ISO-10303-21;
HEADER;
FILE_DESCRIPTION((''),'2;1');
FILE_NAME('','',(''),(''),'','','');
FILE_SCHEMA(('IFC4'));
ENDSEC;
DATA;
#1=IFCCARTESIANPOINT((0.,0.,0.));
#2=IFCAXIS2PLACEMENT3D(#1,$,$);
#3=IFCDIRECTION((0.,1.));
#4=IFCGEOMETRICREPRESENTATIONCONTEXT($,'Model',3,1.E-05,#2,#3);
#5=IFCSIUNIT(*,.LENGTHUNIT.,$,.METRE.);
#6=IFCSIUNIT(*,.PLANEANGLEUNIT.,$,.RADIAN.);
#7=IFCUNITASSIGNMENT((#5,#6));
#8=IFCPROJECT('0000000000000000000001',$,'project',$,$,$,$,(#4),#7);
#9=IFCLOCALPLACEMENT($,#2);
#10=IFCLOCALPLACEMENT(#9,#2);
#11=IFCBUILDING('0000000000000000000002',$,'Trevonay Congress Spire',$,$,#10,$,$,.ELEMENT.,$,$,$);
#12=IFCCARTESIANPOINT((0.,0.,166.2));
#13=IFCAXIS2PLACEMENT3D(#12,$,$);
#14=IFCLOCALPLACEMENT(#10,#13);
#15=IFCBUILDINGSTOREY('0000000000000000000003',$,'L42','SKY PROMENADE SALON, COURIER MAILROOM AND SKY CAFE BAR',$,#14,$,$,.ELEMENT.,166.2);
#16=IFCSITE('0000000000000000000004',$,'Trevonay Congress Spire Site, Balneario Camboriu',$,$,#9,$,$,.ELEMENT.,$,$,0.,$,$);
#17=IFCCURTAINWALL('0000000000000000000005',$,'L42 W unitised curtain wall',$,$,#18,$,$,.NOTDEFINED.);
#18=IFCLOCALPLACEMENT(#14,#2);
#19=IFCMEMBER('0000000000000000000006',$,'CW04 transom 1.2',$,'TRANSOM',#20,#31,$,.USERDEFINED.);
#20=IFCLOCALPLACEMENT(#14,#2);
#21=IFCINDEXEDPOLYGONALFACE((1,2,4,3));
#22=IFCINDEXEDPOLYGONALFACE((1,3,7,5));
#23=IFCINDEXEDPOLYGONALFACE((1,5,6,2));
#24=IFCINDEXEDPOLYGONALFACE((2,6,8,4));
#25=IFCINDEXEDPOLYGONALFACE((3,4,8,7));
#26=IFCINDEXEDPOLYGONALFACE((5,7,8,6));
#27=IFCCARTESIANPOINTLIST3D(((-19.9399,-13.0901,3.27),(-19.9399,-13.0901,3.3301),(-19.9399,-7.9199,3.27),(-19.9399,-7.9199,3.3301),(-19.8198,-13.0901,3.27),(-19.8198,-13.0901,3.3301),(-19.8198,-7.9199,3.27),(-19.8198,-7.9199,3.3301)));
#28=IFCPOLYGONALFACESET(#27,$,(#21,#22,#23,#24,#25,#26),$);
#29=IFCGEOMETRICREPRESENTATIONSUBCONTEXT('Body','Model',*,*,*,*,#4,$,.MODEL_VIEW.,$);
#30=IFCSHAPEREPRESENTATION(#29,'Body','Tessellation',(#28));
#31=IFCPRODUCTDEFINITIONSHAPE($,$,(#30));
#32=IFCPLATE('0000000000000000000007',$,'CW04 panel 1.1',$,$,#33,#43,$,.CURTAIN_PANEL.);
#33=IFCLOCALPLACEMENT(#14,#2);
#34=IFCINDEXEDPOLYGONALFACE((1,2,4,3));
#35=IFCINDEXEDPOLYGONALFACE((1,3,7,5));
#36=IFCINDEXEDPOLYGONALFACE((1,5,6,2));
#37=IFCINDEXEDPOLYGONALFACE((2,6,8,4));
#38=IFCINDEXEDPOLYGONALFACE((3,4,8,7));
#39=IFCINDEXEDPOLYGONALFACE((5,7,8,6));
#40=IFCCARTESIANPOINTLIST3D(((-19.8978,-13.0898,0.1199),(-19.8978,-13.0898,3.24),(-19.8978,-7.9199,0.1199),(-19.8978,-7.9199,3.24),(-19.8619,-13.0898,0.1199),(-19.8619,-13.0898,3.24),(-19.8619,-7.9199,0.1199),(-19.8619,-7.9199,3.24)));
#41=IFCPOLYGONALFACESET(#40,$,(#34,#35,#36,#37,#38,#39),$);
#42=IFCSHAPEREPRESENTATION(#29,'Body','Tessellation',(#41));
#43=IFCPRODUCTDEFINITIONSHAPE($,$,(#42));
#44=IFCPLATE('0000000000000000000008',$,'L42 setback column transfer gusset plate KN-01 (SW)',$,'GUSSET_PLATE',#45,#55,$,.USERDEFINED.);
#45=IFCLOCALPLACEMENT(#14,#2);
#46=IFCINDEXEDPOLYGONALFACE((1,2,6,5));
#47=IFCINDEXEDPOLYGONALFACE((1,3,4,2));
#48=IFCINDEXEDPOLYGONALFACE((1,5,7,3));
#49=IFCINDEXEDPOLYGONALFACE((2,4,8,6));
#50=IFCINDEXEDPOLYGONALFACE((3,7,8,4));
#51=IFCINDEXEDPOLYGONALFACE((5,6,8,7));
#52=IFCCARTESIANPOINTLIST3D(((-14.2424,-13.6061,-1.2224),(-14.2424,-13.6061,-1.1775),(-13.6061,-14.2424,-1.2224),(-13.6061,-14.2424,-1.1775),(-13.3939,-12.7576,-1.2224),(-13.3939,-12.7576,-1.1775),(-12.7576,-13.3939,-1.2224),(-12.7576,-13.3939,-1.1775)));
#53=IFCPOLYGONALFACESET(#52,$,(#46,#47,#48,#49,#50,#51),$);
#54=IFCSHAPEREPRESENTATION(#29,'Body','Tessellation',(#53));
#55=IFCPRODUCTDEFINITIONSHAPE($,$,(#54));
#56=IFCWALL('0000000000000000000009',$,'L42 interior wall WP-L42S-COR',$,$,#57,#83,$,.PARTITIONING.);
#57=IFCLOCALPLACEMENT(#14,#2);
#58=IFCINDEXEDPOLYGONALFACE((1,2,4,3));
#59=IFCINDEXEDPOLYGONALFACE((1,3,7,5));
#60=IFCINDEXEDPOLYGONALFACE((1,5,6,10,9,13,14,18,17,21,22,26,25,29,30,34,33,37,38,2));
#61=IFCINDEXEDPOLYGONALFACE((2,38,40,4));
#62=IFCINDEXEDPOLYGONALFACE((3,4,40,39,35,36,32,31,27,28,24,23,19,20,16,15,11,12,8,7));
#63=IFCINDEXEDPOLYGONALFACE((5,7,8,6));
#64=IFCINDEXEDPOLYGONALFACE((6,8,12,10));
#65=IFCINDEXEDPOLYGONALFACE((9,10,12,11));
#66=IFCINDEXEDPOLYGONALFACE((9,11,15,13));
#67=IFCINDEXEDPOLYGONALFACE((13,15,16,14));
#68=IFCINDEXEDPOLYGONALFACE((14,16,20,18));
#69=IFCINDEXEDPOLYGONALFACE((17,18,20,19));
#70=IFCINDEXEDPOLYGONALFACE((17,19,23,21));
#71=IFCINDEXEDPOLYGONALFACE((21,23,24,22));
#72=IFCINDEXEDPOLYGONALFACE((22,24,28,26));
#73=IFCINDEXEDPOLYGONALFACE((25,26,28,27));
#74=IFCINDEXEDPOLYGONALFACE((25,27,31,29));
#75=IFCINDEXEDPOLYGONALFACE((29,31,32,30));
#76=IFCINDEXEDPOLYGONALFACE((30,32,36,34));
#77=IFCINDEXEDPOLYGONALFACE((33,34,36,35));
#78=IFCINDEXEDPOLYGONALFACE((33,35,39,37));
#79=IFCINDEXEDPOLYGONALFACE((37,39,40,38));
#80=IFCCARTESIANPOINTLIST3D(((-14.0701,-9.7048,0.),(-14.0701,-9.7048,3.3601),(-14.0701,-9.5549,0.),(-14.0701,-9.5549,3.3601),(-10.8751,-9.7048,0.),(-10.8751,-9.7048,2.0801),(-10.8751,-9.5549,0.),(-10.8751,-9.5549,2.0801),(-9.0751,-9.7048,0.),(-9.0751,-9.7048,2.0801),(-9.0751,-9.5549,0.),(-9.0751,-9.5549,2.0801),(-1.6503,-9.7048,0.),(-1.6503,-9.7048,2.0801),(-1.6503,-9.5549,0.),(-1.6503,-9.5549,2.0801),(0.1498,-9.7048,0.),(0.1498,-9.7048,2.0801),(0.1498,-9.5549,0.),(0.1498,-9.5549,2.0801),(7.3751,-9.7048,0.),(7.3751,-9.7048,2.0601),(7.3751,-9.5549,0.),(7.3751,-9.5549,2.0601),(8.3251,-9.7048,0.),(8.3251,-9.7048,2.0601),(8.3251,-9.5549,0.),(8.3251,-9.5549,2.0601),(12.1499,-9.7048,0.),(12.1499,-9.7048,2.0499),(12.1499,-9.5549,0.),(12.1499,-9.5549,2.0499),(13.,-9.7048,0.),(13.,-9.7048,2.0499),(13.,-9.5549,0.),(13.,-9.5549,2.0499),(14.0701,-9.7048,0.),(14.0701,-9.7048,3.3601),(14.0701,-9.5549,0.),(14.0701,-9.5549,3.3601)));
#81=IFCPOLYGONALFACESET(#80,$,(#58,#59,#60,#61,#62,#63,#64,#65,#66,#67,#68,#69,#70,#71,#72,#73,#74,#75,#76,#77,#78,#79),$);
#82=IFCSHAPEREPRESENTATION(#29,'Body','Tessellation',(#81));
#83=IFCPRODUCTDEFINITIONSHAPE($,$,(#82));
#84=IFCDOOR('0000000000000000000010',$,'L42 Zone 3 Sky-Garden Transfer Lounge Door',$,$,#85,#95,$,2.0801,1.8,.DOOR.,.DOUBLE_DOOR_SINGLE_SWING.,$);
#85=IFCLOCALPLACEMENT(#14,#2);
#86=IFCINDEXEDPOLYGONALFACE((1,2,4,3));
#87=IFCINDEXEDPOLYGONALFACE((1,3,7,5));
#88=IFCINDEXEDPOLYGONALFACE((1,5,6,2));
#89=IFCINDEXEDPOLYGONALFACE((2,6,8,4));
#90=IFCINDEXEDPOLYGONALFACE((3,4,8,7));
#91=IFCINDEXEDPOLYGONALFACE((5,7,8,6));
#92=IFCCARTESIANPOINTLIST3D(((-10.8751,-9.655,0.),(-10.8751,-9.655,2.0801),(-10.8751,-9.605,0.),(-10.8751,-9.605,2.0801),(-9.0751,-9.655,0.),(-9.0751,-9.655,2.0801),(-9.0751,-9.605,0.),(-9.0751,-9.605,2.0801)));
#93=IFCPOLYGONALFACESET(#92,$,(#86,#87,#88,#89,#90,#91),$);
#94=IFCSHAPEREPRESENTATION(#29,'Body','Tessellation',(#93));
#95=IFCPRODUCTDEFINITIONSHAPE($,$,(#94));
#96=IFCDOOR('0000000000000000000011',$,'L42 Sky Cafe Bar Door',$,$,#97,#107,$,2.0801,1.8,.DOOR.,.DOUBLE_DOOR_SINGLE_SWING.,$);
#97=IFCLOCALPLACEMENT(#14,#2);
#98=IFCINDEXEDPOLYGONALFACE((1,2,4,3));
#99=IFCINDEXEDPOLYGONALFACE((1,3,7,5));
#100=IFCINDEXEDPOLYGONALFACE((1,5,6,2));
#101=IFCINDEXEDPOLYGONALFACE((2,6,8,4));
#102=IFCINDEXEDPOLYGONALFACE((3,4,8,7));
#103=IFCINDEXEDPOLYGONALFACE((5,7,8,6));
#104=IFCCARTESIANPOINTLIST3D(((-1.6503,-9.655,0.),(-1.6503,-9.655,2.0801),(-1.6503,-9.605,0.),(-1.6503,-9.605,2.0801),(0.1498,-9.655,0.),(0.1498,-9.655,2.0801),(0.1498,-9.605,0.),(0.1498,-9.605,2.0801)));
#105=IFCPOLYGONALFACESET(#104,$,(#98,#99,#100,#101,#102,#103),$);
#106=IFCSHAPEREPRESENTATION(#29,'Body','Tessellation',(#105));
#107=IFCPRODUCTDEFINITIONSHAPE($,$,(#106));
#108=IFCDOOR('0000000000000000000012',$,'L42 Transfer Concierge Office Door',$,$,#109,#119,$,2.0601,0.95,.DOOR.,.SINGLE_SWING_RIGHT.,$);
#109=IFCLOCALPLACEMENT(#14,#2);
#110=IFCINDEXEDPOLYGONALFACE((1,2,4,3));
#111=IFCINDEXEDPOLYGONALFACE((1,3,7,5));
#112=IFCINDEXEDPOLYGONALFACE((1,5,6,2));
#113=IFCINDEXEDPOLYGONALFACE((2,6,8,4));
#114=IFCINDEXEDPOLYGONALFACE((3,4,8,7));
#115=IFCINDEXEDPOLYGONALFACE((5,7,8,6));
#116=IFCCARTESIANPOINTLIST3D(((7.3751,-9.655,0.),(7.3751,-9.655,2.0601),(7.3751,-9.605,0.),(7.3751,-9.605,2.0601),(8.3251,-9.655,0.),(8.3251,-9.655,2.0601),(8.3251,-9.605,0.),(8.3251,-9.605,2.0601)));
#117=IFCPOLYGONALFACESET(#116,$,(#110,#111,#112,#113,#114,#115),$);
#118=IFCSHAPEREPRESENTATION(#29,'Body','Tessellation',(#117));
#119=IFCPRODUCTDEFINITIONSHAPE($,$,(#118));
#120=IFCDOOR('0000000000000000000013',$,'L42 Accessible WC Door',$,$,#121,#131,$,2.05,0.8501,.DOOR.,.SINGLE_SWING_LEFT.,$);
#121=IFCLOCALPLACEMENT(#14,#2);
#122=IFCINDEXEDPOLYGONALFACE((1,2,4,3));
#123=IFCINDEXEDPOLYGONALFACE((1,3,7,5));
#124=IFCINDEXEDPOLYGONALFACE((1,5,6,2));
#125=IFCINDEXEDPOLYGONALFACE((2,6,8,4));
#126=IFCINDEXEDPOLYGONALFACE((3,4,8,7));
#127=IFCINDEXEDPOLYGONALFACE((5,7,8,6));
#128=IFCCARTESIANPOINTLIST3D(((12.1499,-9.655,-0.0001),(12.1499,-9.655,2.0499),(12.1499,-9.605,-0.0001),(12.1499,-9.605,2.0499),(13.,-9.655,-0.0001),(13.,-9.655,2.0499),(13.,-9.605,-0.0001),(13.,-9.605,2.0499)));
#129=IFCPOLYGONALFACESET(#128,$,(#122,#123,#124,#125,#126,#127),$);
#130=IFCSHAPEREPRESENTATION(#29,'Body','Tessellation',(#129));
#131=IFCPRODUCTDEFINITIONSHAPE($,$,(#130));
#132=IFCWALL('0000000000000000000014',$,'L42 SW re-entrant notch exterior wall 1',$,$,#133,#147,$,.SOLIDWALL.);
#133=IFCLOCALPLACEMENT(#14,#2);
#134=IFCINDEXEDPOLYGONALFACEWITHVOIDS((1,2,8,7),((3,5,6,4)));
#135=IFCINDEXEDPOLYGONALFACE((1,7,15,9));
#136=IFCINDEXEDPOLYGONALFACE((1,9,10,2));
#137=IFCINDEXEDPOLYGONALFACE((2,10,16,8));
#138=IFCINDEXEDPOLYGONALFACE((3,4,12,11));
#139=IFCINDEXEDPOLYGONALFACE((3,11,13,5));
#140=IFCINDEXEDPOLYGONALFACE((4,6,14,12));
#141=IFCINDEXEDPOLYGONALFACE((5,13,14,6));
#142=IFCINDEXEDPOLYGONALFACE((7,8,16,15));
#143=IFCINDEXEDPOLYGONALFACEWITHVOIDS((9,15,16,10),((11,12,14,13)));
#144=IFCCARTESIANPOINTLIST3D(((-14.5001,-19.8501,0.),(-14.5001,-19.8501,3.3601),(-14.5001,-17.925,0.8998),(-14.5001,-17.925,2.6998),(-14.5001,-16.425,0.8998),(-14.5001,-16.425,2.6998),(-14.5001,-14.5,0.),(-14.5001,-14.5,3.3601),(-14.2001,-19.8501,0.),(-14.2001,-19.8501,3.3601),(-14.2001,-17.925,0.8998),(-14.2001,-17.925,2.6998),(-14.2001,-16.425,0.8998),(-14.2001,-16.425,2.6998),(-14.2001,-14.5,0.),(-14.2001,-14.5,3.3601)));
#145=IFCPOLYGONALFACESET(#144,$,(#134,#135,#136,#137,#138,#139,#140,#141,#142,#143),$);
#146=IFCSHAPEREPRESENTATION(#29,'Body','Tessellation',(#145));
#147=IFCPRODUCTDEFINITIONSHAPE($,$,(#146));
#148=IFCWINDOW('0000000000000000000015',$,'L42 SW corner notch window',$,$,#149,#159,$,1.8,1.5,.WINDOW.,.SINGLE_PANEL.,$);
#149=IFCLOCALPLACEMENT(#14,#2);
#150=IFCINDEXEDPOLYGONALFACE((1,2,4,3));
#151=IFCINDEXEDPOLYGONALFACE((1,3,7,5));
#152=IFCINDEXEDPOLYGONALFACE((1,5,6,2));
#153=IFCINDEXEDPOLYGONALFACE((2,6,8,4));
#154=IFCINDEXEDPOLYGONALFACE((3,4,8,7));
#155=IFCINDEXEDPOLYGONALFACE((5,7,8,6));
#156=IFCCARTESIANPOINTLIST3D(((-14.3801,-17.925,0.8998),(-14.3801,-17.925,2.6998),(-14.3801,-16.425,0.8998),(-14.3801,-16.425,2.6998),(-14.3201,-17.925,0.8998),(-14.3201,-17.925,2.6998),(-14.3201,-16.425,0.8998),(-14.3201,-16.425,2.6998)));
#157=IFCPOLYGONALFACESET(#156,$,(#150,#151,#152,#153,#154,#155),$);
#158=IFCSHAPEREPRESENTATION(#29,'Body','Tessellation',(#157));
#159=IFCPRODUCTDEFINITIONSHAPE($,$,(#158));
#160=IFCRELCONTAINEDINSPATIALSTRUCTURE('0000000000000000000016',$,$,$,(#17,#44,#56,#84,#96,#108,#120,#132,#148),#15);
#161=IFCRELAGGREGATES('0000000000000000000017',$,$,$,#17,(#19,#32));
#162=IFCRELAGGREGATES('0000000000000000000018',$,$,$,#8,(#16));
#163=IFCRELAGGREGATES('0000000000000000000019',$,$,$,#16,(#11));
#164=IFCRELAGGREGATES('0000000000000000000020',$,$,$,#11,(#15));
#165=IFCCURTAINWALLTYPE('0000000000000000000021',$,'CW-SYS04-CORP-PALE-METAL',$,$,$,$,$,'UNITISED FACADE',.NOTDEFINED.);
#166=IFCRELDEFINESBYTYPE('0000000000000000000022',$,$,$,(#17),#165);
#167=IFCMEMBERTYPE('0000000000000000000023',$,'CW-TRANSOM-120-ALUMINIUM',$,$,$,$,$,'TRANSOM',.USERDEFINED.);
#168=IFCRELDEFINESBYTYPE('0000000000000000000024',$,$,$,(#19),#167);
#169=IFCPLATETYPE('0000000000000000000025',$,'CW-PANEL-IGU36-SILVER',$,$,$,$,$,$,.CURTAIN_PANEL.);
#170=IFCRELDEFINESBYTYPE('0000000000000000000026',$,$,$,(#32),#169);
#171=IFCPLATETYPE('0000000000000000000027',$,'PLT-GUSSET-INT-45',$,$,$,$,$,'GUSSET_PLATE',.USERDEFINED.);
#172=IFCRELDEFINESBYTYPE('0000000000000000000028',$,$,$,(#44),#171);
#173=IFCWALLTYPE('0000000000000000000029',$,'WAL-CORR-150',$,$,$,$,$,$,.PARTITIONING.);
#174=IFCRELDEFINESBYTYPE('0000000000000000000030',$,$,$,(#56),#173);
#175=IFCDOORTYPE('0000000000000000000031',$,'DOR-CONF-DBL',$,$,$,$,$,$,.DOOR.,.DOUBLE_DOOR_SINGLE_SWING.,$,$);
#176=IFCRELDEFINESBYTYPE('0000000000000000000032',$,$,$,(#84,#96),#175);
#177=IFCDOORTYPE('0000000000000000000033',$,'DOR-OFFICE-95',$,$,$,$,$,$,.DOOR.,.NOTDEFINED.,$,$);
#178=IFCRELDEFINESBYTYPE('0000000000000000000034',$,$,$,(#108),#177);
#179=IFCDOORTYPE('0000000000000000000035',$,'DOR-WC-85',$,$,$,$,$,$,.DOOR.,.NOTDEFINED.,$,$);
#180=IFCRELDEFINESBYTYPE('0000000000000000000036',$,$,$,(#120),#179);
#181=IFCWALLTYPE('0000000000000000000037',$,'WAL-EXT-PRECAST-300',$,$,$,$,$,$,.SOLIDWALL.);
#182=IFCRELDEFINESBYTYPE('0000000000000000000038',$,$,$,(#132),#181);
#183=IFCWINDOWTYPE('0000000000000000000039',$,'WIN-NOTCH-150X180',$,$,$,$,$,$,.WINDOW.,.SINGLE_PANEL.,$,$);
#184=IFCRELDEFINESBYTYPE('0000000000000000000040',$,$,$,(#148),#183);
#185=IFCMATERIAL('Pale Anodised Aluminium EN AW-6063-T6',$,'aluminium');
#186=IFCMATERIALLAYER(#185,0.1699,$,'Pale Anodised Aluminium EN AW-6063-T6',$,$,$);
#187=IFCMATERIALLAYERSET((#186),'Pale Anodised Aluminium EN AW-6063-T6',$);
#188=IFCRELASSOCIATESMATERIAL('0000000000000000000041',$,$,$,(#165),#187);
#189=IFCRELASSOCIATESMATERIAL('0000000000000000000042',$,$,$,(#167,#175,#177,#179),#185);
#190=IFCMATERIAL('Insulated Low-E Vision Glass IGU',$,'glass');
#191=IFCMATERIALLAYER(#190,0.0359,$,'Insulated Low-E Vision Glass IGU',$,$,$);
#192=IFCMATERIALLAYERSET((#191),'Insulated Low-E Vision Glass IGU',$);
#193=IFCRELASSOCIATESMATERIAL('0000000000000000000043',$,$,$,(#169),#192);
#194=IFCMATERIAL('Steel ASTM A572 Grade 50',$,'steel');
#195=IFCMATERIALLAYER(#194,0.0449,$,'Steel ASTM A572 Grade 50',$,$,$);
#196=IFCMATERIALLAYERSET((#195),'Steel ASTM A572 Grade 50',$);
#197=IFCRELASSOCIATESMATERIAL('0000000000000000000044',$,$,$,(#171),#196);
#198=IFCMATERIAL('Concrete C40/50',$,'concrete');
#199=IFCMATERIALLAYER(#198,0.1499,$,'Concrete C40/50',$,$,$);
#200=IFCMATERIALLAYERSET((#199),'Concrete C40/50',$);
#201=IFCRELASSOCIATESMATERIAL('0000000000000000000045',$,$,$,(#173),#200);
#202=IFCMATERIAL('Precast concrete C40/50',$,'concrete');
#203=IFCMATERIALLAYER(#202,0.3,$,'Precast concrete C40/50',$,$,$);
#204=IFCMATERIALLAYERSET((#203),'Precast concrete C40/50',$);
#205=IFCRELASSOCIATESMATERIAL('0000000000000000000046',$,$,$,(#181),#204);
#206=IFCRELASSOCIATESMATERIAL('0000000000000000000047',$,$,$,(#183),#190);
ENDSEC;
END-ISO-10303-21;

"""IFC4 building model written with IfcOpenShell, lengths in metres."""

from ifc_helpers import new_model, si_unit, direction, frame, frame_2d, origin, origin_2d, place, context, subcontext, project, spatial, rectangle, extrude, material, layer, layer_set, material_profile, profile_set, type_object, element, fill, aggregate, save


model = new_model("IFC4")

# Units and contexts
model_context = context("Model", 3, precision=1e-05, world=origin(), true_north=direction((0.0, 1.0)))
body_context = subcontext(model_context, "Body", "Model", "MODEL_VIEW")
ifc_project = project(units=[si_unit("LENGTHUNIT", "METRE"), si_unit("PLANEANGLEUNIT", "RADIAN")], contexts=[model_context])

# Site, building, storey
site_placement = place(None, origin())
site = spatial("IfcSite", under=ifc_project, at=site_placement, Name="Trevonay Congress Spire Site, Balneario Camboriu", CompositionType="ELEMENT", RefElevation=0.0)
building_placement = place(site_placement, origin())
building = spatial("IfcBuilding", under=site, at=building_placement, Name="Trevonay Congress Spire", CompositionType="ELEMENT")
storey_placement = place(building_placement, frame((0.0, 0.0, 166.2)))
storey = spatial("IfcBuildingStorey", under=building, at=storey_placement, Name="L42", Description="SKY PROMENADE SALON, COURIER MAILROOM AND SKY CAFE BAR", CompositionType="ELEMENT", Elevation=166.2)

# Shared definitions
ifc_material_1 = material(Name="Steel ASTM A572 Grade 50", Category="steel")

# Curtain wall, member, plate
ifc_material_2 = material(Name="Pale Anodised Aluminium EN AW-6063-T6", Category="aluminium")
ifc_layer_1 = layer(ifc_material_2, 0.1699, Name="Pale Anodised Aluminium EN AW-6063-T6")
ifc_layer_set_1 = layer_set([ifc_layer_1], Name="Pale Anodised Aluminium EN AW-6063-T6")
curtain_wall_type = type_object("IfcCurtainWallType", Name="CW-SYS04-CORP-PALE-METAL", ElementType="UNITISED FACADE", PredefinedType="NOTDEFINED", material=ifc_layer_set_1)
curtain_wall_placement = place(storey_placement, origin())
curtain_wall = element("IfcCurtainWall", 1, at=curtain_wall_placement, inside=storey, type_object=curtain_wall_type, Name="L42 W unitised curtain wall", PredefinedType="NOTDEFINED")
ifc_material_profile_1 = material_profile(ifc_material_2, rectangle(XDim=0.1201, YDim=0.0601, at=origin_2d()), Name="CW-TRANSOM-120-ALUMINIUM")
ifc_profile_set_1 = profile_set([ifc_material_profile_1], Name="Pale Anodised Aluminium EN AW-6063-T6")
member_type_1 = type_object("IfcMemberType", Name="CW-TRANSOM-120-ALUMINIUM", ElementType="TRANSOM", PredefinedType="USERDEFINED", material=ifc_profile_set_1)
member_1_placement = place(storey_placement, frame((-19.8799, -13.0901, 3.3), z_axis=(0.0, 1.0, 0.0), x_axis=(-1.0, 0.0, 0.0)))
member_1 = element("IfcMember", 2, at=member_1_placement, type_object=member_type_1, Name="CW04 transom 1.2", ObjectType="TRANSOM", PredefinedType="USERDEFINED", context=body_context, shape_type="SweptSolid", body=[
    extrude(rectangle(XDim=0.1201, YDim=0.0601, at=origin_2d()), origin(), (0.0, 0.0, 1.0), 5.1702),
])
ifc_material_3 = material(Name="Insulated Low-E Vision Glass IGU", Category="glass")
ifc_layer_2 = layer(ifc_material_3, 0.0359, Name="Insulated Low-E Vision Glass IGU")
ifc_layer_set_2 = layer_set([ifc_layer_2], Name="Insulated Low-E Vision Glass IGU")
plate_type_1 = type_object("IfcPlateType", Name="CW-PANEL-IGU36-SILVER", PredefinedType="CURTAIN_PANEL", material=ifc_layer_set_2)
plate_1_placement = place(storey_placement, frame((-19.8799, -10.5049, 0.1199), z_axis=(0.0, 0.0, 1.0), x_axis=(0.0, 1.0, 0.0)))
plate_1 = element("IfcPlate", 3, at=plate_1_placement, type_object=plate_type_1, Name="CW04 panel 1.1", PredefinedType="CURTAIN_PANEL", context=body_context, shape_type="SweptSolid", body=[
    extrude(rectangle(XDim=5.1699, YDim=0.0359, at=origin_2d()), origin(), (0.0, 0.0, 1.0), 3.1201),
])
aggregate(curtain_wall, [member_1, plate_1])

# Plate
ifc_layer_3 = layer(ifc_material_1, 0.0449, Name="Steel ASTM A572 Grade 50")
ifc_layer_set_3 = layer_set([ifc_layer_3], Name="Steel ASTM A572 Grade 50")
plate_type_2 = type_object("IfcPlateType", Name="PLT-GUSSET-INT-45", ElementType="GUSSET_PLATE", PredefinedType="USERDEFINED", material=ifc_layer_set_3)
plate_2_placement = place(storey_placement, frame((-13.5, -13.5, -1.2224), z_axis=(0.0, 0.0, 1.0), x_axis=(0.707107, 0.707107, 0.0)))
element("IfcPlate", 4, at=plate_2_placement, inside=storey, type_object=plate_type_2, Name="L42 setback column transfer gusset plate KN-01 (SW)", ObjectType="GUSSET_PLATE", PredefinedType="USERDEFINED", context=body_context, shape_type="SweptSolid", body=[
    extrude(rectangle(XDim=1.2, YDim=0.8999, at=origin_2d()), origin(), (0.0, 0.0, 1.0), 0.0449),
])

# Wall, openings, doors
ifc_material_4 = material(Name="Concrete C40/50", Category="concrete")
ifc_layer_4 = layer(ifc_material_4, 0.1499, Name="Concrete C40/50")
ifc_layer_set_4 = layer_set([ifc_layer_4], Name="Concrete C40/50")
wall_type_1 = type_object("IfcWallType", Name="WAL-CORR-150", PredefinedType="PARTITIONING", material=ifc_layer_set_4)
wall_1_placement = place(storey_placement, frame((-14.0701, -9.6299, 0.0), z_axis=(0.0, 0.0, 1.0), x_axis=(1.0, 0.0, 0.0)))
wall_1 = element("IfcWall", 5, at=wall_1_placement, inside=storey, type_object=wall_type_1, Name="L42 interior wall WP-L42S-COR", PredefinedType="PARTITIONING", context=body_context, shape_type="SweptSolid", body=[
    extrude(rectangle(XDim=28.1401, YDim=0.1499, at=frame_2d((14.0701, 0.0))), origin(), (0.0, 0.0, 1.0), 3.3601),
])
opening_1_placement = place(wall_1_placement, frame((3.1951, 0.0, 0.0)))
opening_1 = element("IfcOpeningElement", 6, at=opening_1_placement, cuts=wall_1, PredefinedType="OPENING", context=body_context, shape_type="SweptSolid", body=[
    extrude(rectangle(XDim=1.8, YDim=2.0801, at=frame_2d((0.8999, 1.04))), frame((0.0, 0.085, 0.0), z_axis=(0.0, -1.0, 0.0), x_axis=(1.0, 0.0, 0.0)), (0.0, 0.0, 1.0), 0.1699),
])
opening_2_placement = place(wall_1_placement, frame((12.4199, 0.0, 0.0)))
opening_2 = element("IfcOpeningElement", 7, at=opening_2_placement, cuts=wall_1, PredefinedType="OPENING", context=body_context, shape_type="SweptSolid", body=[
    extrude(rectangle(XDim=1.8, YDim=2.0801, at=frame_2d((0.8999, 1.04))), frame((0.0, 0.085, 0.0), z_axis=(0.0, -1.0, 0.0), x_axis=(1.0, 0.0, 0.0)), (0.0, 0.0, 1.0), 0.1699),
])
opening_3_placement = place(wall_1_placement, frame((21.4451, 0.0, 0.0)))
opening_3 = element("IfcOpeningElement", 8, at=opening_3_placement, cuts=wall_1, PredefinedType="OPENING", context=body_context, shape_type="SweptSolid", body=[
    extrude(rectangle(XDim=0.95, YDim=2.0601, at=frame_2d((0.4751, 1.03))), frame((0.0, 0.085, 0.0), z_axis=(0.0, -1.0, 0.0), x_axis=(1.0, 0.0, 0.0)), (0.0, 0.0, 1.0), 0.1699),
])
opening_4_placement = place(wall_1_placement, frame((26.22, 0.0, 0.0)))
opening_4 = element("IfcOpeningElement", 9, at=opening_4_placement, cuts=wall_1, PredefinedType="OPENING", context=body_context, shape_type="SweptSolid", body=[
    extrude(rectangle(XDim=0.8501, YDim=2.05, at=frame_2d((0.425, 1.0249))), frame((0.0, 0.085, 0.0), z_axis=(0.0, -1.0, 0.0), x_axis=(1.0, 0.0, 0.0)), (0.0, 0.0, 1.0), 0.1699),
])
door_type_1 = type_object("IfcDoorType", Name="DOR-CONF-DBL", OperationType="DOUBLE_DOOR_SINGLE_SWING", PredefinedType="DOOR", material=ifc_material_2)
door_1_placement = place(opening_1_placement, origin())
door_1 = element("IfcDoor", 10, at=door_1_placement, inside=storey, type_object=door_type_1, Name="L42 Zone 3 Sky-Garden Transfer Lounge Door", OperationType="DOUBLE_DOOR_SINGLE_SWING", OverallHeight=2.0801, OverallWidth=1.8, PredefinedType="DOOR", context=body_context, shape_type="SweptSolid", body=[
    extrude(rectangle(XDim=1.8, YDim=2.0801, at=frame_2d((0.8999, 1.04))), frame((0.0, 0.0249, 0.0), z_axis=(0.0, -1.0, 0.0), x_axis=(1.0, 0.0, 0.0)), (0.0, 0.0, 1.0), 0.05),
])
fill(opening_1, door_1)
door_2_placement = place(opening_2_placement, origin())
door_2 = element("IfcDoor", 11, at=door_2_placement, inside=storey, type_object=door_type_1, Name="L42 Sky Cafe Bar Door", OperationType="DOUBLE_DOOR_SINGLE_SWING", OverallHeight=2.0801, OverallWidth=1.8, PredefinedType="DOOR", context=body_context, shape_type="SweptSolid", body=[
    extrude(rectangle(XDim=1.8, YDim=2.0801, at=frame_2d((0.8999, 1.04))), frame((0.0, 0.0249, 0.0), z_axis=(0.0, -1.0, 0.0), x_axis=(1.0, 0.0, 0.0)), (0.0, 0.0, 1.0), 0.05),
])
fill(opening_2, door_2)
door_type_2 = type_object("IfcDoorType", Name="DOR-OFFICE-95", OperationType="NOTDEFINED", PredefinedType="DOOR", material=ifc_material_2)
door_3_placement = place(opening_3_placement, origin())
door_3 = element("IfcDoor", 12, at=door_3_placement, inside=storey, type_object=door_type_2, Name="L42 Transfer Concierge Office Door", OperationType="SINGLE_SWING_RIGHT", OverallHeight=2.0601, OverallWidth=0.95, PredefinedType="DOOR", context=body_context, shape_type="SweptSolid", body=[
    extrude(rectangle(XDim=0.95, YDim=2.0601, at=frame_2d((0.4751, 1.03))), frame((0.0, 0.0249, 0.0), z_axis=(0.0, -1.0, 0.0), x_axis=(1.0, 0.0, 0.0)), (0.0, 0.0, 1.0), 0.05),
])
fill(opening_3, door_3)
door_type_3 = type_object("IfcDoorType", Name="DOR-WC-85", OperationType="NOTDEFINED", PredefinedType="DOOR", material=ifc_material_2)
door_4_placement = place(opening_4_placement, origin())
door_4 = element("IfcDoor", 13, at=door_4_placement, inside=storey, type_object=door_type_3, Name="L42 Accessible WC Door", OperationType="SINGLE_SWING_LEFT", OverallHeight=2.05, OverallWidth=0.8501, PredefinedType="DOOR", context=body_context, shape_type="SweptSolid", body=[
    extrude(rectangle(XDim=0.8501, YDim=2.05, at=frame_2d((0.425, 1.0249))), frame((0.0, 0.0249, 0.0), z_axis=(0.0, -1.0, 0.0), x_axis=(1.0, 0.0, 0.0)), (0.0, 0.0, 1.0), 0.05),
])
fill(opening_4, door_4)

# Wall, opening, window
ifc_material_5 = material(Name="Precast concrete C40/50", Category="concrete")
ifc_layer_5 = layer(ifc_material_5, 0.3, Name="Precast concrete C40/50")
ifc_layer_set_5 = layer_set([ifc_layer_5], Name="Precast concrete C40/50")
wall_type_2 = type_object("IfcWallType", Name="WAL-EXT-PRECAST-300", PredefinedType="SOLIDWALL", material=ifc_layer_set_5)
wall_2_placement = place(storey_placement, frame((-14.3501, -19.8501, 0.0), z_axis=(0.0, 0.0, 1.0), x_axis=(0.0, 1.0, 0.0)))
wall_2 = element("IfcWall", 14, at=wall_2_placement, inside=storey, type_object=wall_type_2, Name="L42 SW re-entrant notch exterior wall 1", PredefinedType="SOLIDWALL", context=body_context, shape_type="SweptSolid", body=[
    extrude(rectangle(XDim=5.3501, YDim=0.3, at=frame_2d((2.675, 0.0))), origin(), (0.0, 0.0, 1.0), 3.3601),
])
opening_5_placement = place(wall_2_placement, frame((1.925, 0.0, 0.8999)))
opening_5 = element("IfcOpeningElement", 15, at=opening_5_placement, cuts=wall_2, PredefinedType="OPENING", context=body_context, shape_type="SweptSolid", body=[
    extrude(rectangle(XDim=1.5, YDim=1.8, at=frame_2d((0.75, 0.8999))), frame((0.0, 0.1602, 0.0), z_axis=(0.0, -1.0, 0.0), x_axis=(1.0, 0.0, 0.0)), (0.0, 0.0, 1.0), 0.3201),
])
window_type = type_object("IfcWindowType", Name="WIN-NOTCH-150X180", PartitioningType="SINGLE_PANEL", PredefinedType="WINDOW", material=ifc_material_3)
window_placement = place(opening_5_placement, origin())
window = element("IfcWindow", 16, at=window_placement, inside=storey, type_object=window_type, Name="L42 SW corner notch window", OverallHeight=1.8, OverallWidth=1.5, PartitioningType="SINGLE_PANEL", PredefinedType="WINDOW", context=body_context, shape_type="SweptSolid", body=[
    extrude(rectangle(XDim=1.5, YDim=1.8, at=frame_2d((0.75, 0.8999))), frame((0.0, 0.03, 0.0), z_axis=(0.0, -1.0, 0.0), x_axis=(1.0, 0.0, 0.0)), (0.0, 0.0, 1.0), 0.0601),
])
fill(opening_5, window)

save(model, "model.ifc")
